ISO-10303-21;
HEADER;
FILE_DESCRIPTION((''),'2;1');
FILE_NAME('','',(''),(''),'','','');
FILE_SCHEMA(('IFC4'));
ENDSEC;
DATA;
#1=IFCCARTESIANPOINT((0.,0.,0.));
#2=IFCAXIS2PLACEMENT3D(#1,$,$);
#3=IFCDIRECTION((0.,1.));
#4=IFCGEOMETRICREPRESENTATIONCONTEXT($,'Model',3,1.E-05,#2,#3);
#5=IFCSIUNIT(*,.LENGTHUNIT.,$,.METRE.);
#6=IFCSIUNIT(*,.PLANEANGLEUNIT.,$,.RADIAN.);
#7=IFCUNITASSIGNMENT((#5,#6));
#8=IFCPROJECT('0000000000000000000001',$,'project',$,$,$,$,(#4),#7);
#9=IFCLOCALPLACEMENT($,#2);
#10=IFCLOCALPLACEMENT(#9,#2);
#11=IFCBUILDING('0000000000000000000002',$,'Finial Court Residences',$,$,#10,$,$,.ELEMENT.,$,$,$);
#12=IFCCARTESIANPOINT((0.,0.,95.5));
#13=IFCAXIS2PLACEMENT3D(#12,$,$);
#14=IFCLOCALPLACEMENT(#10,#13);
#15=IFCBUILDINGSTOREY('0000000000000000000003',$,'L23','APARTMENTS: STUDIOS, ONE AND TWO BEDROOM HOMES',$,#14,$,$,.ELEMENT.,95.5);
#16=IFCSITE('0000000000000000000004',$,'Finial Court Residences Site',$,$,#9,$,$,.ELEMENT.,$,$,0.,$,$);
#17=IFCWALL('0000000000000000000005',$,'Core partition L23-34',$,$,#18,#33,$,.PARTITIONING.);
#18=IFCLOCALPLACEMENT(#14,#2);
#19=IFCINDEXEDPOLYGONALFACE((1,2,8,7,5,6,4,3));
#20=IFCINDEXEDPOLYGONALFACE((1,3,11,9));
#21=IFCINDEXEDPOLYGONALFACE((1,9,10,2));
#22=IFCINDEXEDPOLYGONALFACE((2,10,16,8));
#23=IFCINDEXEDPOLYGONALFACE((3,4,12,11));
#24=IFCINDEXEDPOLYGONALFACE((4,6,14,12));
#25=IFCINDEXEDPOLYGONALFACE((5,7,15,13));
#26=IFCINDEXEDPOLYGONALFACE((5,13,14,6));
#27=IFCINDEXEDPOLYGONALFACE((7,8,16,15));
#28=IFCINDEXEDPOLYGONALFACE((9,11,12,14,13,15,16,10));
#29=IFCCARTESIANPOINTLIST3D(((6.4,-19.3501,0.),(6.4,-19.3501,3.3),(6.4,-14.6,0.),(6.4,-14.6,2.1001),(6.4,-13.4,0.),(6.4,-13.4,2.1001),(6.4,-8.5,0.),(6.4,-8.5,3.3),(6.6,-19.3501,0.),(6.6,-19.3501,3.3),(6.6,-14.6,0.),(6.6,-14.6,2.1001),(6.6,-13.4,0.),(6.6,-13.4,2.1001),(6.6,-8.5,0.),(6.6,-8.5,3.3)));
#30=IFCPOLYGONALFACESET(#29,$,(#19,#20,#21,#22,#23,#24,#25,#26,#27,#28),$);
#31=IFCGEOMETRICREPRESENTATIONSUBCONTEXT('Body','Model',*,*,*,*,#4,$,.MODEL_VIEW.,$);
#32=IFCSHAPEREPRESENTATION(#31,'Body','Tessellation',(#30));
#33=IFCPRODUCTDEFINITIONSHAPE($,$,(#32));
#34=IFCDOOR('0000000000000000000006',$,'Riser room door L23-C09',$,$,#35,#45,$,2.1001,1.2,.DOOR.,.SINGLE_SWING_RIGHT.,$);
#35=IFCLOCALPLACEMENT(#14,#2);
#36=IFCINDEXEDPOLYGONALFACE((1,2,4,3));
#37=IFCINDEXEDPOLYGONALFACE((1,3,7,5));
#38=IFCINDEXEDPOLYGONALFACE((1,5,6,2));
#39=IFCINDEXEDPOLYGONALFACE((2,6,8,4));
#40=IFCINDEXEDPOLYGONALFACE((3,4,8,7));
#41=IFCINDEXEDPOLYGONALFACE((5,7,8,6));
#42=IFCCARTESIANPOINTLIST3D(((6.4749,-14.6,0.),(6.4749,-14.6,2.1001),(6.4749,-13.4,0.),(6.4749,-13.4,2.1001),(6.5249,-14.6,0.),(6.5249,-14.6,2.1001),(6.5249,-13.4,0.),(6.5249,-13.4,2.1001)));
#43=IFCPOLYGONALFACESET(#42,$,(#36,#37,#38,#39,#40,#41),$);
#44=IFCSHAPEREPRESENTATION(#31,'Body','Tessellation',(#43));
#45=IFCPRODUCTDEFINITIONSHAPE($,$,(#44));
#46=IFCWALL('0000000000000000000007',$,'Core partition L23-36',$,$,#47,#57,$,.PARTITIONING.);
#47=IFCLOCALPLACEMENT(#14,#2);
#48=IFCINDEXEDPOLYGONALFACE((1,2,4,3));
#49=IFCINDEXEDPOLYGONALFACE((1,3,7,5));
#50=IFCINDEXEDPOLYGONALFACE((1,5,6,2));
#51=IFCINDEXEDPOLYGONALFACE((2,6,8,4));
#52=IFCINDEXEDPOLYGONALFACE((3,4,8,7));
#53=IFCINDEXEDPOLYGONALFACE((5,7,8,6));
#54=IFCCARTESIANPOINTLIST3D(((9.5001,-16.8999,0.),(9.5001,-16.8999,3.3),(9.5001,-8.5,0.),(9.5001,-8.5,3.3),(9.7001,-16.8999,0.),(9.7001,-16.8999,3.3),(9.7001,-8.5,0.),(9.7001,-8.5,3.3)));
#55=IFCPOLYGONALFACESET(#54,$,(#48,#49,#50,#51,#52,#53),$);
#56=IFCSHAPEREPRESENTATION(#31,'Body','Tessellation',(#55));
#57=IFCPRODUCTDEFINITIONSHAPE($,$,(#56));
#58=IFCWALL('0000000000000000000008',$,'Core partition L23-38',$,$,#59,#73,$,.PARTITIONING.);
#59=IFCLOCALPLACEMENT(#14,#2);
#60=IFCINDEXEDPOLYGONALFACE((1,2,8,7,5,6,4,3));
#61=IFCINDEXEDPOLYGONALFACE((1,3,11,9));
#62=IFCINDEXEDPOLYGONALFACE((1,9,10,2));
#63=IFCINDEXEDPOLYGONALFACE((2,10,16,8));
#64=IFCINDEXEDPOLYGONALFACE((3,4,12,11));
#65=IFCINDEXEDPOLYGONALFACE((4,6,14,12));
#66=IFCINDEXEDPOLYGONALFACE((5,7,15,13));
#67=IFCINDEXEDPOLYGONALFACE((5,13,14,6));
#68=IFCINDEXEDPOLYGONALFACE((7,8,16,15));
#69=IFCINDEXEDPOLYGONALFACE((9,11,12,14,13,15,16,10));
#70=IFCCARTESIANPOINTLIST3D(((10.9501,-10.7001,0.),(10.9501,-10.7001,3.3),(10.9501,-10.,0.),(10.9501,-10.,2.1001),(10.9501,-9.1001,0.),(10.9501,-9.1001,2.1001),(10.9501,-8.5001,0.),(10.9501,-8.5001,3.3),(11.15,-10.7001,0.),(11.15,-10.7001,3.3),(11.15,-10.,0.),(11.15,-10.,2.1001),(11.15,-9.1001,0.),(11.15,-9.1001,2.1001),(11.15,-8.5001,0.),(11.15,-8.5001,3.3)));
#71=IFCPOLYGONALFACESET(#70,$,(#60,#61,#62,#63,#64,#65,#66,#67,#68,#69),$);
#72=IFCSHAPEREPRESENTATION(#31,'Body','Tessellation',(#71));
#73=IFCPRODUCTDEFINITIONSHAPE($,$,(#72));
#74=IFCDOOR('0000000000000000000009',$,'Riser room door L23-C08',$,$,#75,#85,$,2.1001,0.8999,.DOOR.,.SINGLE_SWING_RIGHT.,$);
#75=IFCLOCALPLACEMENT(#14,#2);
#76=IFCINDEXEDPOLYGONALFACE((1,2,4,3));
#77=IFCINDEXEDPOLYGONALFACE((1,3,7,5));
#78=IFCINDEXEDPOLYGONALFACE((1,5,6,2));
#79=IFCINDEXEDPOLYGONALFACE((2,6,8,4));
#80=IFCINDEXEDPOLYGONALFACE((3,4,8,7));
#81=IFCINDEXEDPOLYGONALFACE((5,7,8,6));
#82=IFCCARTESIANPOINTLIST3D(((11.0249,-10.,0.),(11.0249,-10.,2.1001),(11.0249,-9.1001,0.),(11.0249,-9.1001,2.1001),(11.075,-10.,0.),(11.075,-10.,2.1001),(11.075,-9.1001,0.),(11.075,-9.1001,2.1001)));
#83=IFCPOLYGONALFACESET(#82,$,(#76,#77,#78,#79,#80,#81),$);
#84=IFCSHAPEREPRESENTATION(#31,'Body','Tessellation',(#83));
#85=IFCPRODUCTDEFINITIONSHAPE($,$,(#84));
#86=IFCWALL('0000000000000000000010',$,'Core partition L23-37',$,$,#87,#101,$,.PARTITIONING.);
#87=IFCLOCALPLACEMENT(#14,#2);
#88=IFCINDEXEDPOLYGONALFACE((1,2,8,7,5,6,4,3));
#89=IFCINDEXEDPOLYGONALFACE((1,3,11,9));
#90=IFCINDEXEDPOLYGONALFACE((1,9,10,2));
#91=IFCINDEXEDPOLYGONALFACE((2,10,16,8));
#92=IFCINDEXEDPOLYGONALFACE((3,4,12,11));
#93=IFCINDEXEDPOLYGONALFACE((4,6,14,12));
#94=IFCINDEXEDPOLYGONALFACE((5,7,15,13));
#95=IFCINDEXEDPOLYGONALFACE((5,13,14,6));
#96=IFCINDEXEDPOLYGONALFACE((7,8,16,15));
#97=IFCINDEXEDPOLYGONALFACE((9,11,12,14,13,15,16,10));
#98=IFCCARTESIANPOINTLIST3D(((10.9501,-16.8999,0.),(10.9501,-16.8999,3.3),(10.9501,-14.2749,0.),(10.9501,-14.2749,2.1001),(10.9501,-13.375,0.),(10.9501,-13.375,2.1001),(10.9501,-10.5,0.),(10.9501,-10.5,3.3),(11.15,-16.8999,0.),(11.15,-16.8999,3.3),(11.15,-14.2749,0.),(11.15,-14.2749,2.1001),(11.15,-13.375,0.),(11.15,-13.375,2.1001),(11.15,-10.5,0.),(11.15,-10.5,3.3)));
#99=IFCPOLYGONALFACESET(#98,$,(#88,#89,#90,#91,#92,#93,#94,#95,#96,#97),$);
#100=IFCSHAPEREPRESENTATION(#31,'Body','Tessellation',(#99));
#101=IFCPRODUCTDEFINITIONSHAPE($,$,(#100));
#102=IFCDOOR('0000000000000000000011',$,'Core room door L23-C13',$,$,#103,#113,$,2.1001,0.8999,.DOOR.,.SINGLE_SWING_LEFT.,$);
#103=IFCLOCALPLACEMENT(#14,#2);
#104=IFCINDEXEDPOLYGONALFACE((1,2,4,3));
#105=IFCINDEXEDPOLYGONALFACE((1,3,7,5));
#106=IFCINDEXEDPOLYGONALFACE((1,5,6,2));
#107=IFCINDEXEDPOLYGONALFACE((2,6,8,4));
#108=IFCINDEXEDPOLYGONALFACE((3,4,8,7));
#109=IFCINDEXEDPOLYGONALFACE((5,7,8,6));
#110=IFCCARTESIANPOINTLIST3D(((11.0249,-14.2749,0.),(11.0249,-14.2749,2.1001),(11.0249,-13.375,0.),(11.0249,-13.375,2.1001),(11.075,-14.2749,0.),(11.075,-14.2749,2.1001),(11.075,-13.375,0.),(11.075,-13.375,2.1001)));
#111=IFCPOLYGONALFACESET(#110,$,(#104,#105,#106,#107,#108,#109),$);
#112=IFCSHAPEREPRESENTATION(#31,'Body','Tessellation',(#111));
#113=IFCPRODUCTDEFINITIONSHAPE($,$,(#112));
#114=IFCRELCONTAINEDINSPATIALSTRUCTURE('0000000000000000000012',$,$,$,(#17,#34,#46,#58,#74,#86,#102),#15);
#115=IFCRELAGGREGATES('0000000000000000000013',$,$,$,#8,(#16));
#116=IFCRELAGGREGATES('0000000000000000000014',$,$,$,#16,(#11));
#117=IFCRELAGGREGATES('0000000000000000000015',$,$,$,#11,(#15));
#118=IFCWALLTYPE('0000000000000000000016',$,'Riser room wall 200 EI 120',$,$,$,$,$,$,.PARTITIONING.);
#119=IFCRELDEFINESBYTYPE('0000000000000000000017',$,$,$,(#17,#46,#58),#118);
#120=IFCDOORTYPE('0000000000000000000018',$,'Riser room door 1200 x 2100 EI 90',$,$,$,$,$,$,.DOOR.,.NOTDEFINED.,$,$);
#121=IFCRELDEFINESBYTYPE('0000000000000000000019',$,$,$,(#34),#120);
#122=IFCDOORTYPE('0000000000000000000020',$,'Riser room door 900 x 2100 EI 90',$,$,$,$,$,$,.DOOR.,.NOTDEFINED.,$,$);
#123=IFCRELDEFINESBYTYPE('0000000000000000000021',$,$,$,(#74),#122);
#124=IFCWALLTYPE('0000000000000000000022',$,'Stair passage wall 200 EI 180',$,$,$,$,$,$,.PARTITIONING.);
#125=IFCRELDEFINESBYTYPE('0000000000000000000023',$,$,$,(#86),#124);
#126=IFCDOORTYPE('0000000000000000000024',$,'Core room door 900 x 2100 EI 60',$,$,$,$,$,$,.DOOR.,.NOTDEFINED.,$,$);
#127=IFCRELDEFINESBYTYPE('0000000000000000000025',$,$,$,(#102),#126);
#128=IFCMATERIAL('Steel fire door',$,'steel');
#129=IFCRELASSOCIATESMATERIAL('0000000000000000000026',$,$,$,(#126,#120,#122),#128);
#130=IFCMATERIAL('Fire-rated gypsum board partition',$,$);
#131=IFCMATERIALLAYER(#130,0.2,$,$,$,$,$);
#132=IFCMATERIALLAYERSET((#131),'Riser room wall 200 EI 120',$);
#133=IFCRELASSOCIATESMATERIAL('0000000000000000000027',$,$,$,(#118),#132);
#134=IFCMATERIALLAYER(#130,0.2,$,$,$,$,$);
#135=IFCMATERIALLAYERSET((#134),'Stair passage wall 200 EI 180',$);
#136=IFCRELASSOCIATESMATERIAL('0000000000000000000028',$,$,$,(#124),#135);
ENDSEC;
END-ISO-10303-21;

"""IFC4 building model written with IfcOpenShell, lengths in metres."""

from ifc_helpers import new_model, si_unit, direction, frame, frame_2d, origin, place, context, subcontext, project, spatial, rectangle, extrude, material, layer, layer_set, type_object, element, fill, save


model = new_model("IFC4")

# Units and contexts
model_context = context("Model", 3, precision=1e-05, world=origin(), true_north=direction((0.0, 1.0)))
body_context = subcontext(model_context, "Body", "Model", "MODEL_VIEW")
ifc_project = project(units=[si_unit("LENGTHUNIT", "METRE"), si_unit("PLANEANGLEUNIT", "RADIAN")], contexts=[model_context])

# Site, building, storey
site_placement = place(None, origin())
site = spatial("IfcSite", under=ifc_project, at=site_placement, Name="Finial Court Residences Site", CompositionType="ELEMENT", RefElevation=0.0)
building_placement = place(site_placement, origin())
building = spatial("IfcBuilding", under=site, at=building_placement, Name="Finial Court Residences", CompositionType="ELEMENT")
storey_placement = place(building_placement, frame((0.0, 0.0, 95.5)))
storey = spatial("IfcBuildingStorey", under=building, at=storey_placement, Name="L23", Description="APARTMENTS: STUDIOS, ONE AND TWO BEDROOM HOMES", CompositionType="ELEMENT", Elevation=95.5)

# Shared definitions
ifc_material_1 = material(Name="Fire-rated gypsum board partition")

# Shared definitions
ifc_material_2 = material(Name="Steel fire door", Category="steel")
door_type_1 = type_object("IfcDoorType", Name="Core room door 900 x 2100 EI 60", OperationType="NOTDEFINED", PredefinedType="DOOR", material=ifc_material_2)

# Shared definitions
ifc_layer_1 = layer(ifc_material_1, 0.2)
ifc_layer_set_1 = layer_set([ifc_layer_1], Name="Riser room wall 200 EI 120")
wall_type_1 = type_object("IfcWallType", Name="Riser room wall 200 EI 120", PredefinedType="PARTITIONING", material=ifc_layer_set_1)

# Wall, opening, door
wall_1_placement = place(storey_placement, frame((6.5, -8.5, 0.0), z_axis=(0.0, 0.0, 1.0), x_axis=(0.0, -1.0, 0.0)))
wall_1 = element("IfcWall", 1, at=wall_1_placement, inside=storey, type_object=wall_type_1, Name="Core partition L23-34", PredefinedType="PARTITIONING", context=body_context, shape_type="SweptSolid", body=[
    extrude(rectangle(XDim=10.8501, YDim=0.2, at=frame_2d((5.425, 0.0))), origin(), (0.0, 0.0, 1.0), 3.3),
])
opening_1_placement = place(wall_1_placement, frame((4.8999, 0.0, 0.0)))
opening_1 = element("IfcOpeningElement", 2, at=opening_1_placement, cuts=wall_1, PredefinedType="OPENING", context=body_context, shape_type="SweptSolid", body=[
    extrude(rectangle(XDim=1.2, YDim=2.1001, at=frame_2d((0.6001, 1.05))), frame((0.0, 0.1099, 0.0), z_axis=(0.0, -1.0, 0.0), x_axis=(1.0, 0.0, 0.0)), (0.0, 0.0, 1.0), 0.22),
])
door_type_2 = type_object("IfcDoorType", Name="Riser room door 1200 x 2100 EI 90", OperationType="NOTDEFINED", PredefinedType="DOOR", material=ifc_material_2)
door_1_placement = place(opening_1_placement, origin())
door_1 = element("IfcDoor", 3, at=door_1_placement, inside=storey, type_object=door_type_2, Name="Riser room door L23-C09", OperationType="SINGLE_SWING_RIGHT", OverallHeight=2.1001, OverallWidth=1.2, PredefinedType="DOOR", context=body_context, shape_type="SweptSolid", body=[
    extrude(rectangle(XDim=1.2, YDim=2.1001, at=frame_2d((0.6001, 1.05))), frame((0.0, 0.0249, 0.0), z_axis=(0.0, -1.0, 0.0), x_axis=(1.0, 0.0, 0.0)), (0.0, 0.0, 1.0), 0.05),
])
fill(opening_1, door_1)

# Wall
wall_2_placement = place(storey_placement, frame((9.6001, -16.8999, 0.0), z_axis=(0.0, 0.0, 1.0), x_axis=(0.0, 1.0, 0.0)))
element("IfcWall", 4, at=wall_2_placement, inside=storey, type_object=wall_type_1, Name="Core partition L23-36", PredefinedType="PARTITIONING", context=body_context, shape_type="SweptSolid", body=[
    extrude(rectangle(XDim=8.3999, YDim=0.2, at=frame_2d((4.2, 0.0))), origin(), (0.0, 0.0, 1.0), 3.3),
])

# Walls, openings, doors
wall_3_placement = place(storey_placement, frame((11.05, -8.5, 0.0), z_axis=(0.0, 0.0, 1.0), x_axis=(0.0, -1.0, 0.0)))
wall_3 = element("IfcWall", 5, at=wall_3_placement, inside=storey, type_object=wall_type_1, Name="Core partition L23-38", PredefinedType="PARTITIONING", context=body_context, shape_type="SweptSolid", body=[
    extrude(rectangle(XDim=2.2, YDim=0.2, at=frame_2d((1.1001, 0.0))), origin(), (0.0, 0.0, 1.0), 3.3),
])
opening_2_placement = place(wall_3_placement, frame((0.6001, 0.0, 0.0)))
opening_2 = element("IfcOpeningElement", 6, at=opening_2_placement, cuts=wall_3, PredefinedType="OPENING", context=body_context, shape_type="SweptSolid", body=[
    extrude(rectangle(XDim=0.8999, YDim=2.1001, at=frame_2d((0.45, 1.05))), frame((0.0, 0.1099, 0.0), z_axis=(0.0, -1.0, 0.0), x_axis=(1.0, 0.0, 0.0)), (0.0, 0.0, 1.0), 0.22),
])
door_type_3 = type_object("IfcDoorType", Name="Riser room door 900 x 2100 EI 90", OperationType="NOTDEFINED", PredefinedType="DOOR", material=ifc_material_2)
door_2_placement = place(opening_2_placement, origin())
door_2 = element("IfcDoor", 7, at=door_2_placement, inside=storey, type_object=door_type_3, Name="Riser room door L23-C08", OperationType="SINGLE_SWING_RIGHT", OverallHeight=2.1001, OverallWidth=0.8999, PredefinedType="DOOR", context=body_context, shape_type="SweptSolid", body=[
    extrude(rectangle(XDim=0.8999, YDim=2.1001, at=frame_2d((0.45, 1.05))), frame((0.0, 0.0249, 0.0), z_axis=(0.0, -1.0, 0.0), x_axis=(1.0, 0.0, 0.0)), (0.0, 0.0, 1.0), 0.05),
])
fill(opening_2, door_2)
ifc_layer_2 = layer(ifc_material_1, 0.2)
ifc_layer_set_2 = layer_set([ifc_layer_2], Name="Stair passage wall 200 EI 180")
wall_type_2 = type_object("IfcWallType", Name="Stair passage wall 200 EI 180", PredefinedType="PARTITIONING", material=ifc_layer_set_2)
wall_4_placement = place(storey_placement, frame((11.05, -10.5, 0.0), z_axis=(0.0, 0.0, 1.0), x_axis=(0.0, -1.0, 0.0)))
wall_4 = element("IfcWall", 8, at=wall_4_placement, inside=storey, type_object=wall_type_2, Name="Core partition L23-37", PredefinedType="PARTITIONING", context=body_context, shape_type="SweptSolid", body=[
    extrude(rectangle(XDim=6.3999, YDim=0.2, at=frame_2d((3.2, 0.0))), origin(), (0.0, 0.0, 1.0), 3.3),
])
opening_3_placement = place(wall_4_placement, frame((2.875, 0.0, 0.0)))
opening_3 = element("IfcOpeningElement", 9, at=opening_3_placement, cuts=wall_4, PredefinedType="OPENING", context=body_context, shape_type="SweptSolid", body=[
    extrude(rectangle(XDim=0.8999, YDim=2.1001, at=frame_2d((0.45, 1.05))), frame((0.0, 0.1099, 0.0), z_axis=(0.0, -1.0, 0.0), x_axis=(1.0, 0.0, 0.0)), (0.0, 0.0, 1.0), 0.22),
])
door_3_placement = place(opening_3_placement, origin())
door_3 = element("IfcDoor", 10, at=door_3_placement, inside=storey, type_object=door_type_1, Name="Core room door L23-C13", OperationType="SINGLE_SWING_LEFT", OverallHeight=2.1001, OverallWidth=0.8999, PredefinedType="DOOR", context=body_context, shape_type="SweptSolid", body=[
    extrude(rectangle(XDim=0.8999, YDim=2.1001, at=frame_2d((0.45, 1.05))), frame((0.0, 0.0249, 0.0), z_axis=(0.0, -1.0, 0.0), x_axis=(1.0, 0.0, 0.0)), (0.0, 0.0, 1.0), 0.05),
])
fill(opening_3, door_3)

save(model, "model.ifc")
